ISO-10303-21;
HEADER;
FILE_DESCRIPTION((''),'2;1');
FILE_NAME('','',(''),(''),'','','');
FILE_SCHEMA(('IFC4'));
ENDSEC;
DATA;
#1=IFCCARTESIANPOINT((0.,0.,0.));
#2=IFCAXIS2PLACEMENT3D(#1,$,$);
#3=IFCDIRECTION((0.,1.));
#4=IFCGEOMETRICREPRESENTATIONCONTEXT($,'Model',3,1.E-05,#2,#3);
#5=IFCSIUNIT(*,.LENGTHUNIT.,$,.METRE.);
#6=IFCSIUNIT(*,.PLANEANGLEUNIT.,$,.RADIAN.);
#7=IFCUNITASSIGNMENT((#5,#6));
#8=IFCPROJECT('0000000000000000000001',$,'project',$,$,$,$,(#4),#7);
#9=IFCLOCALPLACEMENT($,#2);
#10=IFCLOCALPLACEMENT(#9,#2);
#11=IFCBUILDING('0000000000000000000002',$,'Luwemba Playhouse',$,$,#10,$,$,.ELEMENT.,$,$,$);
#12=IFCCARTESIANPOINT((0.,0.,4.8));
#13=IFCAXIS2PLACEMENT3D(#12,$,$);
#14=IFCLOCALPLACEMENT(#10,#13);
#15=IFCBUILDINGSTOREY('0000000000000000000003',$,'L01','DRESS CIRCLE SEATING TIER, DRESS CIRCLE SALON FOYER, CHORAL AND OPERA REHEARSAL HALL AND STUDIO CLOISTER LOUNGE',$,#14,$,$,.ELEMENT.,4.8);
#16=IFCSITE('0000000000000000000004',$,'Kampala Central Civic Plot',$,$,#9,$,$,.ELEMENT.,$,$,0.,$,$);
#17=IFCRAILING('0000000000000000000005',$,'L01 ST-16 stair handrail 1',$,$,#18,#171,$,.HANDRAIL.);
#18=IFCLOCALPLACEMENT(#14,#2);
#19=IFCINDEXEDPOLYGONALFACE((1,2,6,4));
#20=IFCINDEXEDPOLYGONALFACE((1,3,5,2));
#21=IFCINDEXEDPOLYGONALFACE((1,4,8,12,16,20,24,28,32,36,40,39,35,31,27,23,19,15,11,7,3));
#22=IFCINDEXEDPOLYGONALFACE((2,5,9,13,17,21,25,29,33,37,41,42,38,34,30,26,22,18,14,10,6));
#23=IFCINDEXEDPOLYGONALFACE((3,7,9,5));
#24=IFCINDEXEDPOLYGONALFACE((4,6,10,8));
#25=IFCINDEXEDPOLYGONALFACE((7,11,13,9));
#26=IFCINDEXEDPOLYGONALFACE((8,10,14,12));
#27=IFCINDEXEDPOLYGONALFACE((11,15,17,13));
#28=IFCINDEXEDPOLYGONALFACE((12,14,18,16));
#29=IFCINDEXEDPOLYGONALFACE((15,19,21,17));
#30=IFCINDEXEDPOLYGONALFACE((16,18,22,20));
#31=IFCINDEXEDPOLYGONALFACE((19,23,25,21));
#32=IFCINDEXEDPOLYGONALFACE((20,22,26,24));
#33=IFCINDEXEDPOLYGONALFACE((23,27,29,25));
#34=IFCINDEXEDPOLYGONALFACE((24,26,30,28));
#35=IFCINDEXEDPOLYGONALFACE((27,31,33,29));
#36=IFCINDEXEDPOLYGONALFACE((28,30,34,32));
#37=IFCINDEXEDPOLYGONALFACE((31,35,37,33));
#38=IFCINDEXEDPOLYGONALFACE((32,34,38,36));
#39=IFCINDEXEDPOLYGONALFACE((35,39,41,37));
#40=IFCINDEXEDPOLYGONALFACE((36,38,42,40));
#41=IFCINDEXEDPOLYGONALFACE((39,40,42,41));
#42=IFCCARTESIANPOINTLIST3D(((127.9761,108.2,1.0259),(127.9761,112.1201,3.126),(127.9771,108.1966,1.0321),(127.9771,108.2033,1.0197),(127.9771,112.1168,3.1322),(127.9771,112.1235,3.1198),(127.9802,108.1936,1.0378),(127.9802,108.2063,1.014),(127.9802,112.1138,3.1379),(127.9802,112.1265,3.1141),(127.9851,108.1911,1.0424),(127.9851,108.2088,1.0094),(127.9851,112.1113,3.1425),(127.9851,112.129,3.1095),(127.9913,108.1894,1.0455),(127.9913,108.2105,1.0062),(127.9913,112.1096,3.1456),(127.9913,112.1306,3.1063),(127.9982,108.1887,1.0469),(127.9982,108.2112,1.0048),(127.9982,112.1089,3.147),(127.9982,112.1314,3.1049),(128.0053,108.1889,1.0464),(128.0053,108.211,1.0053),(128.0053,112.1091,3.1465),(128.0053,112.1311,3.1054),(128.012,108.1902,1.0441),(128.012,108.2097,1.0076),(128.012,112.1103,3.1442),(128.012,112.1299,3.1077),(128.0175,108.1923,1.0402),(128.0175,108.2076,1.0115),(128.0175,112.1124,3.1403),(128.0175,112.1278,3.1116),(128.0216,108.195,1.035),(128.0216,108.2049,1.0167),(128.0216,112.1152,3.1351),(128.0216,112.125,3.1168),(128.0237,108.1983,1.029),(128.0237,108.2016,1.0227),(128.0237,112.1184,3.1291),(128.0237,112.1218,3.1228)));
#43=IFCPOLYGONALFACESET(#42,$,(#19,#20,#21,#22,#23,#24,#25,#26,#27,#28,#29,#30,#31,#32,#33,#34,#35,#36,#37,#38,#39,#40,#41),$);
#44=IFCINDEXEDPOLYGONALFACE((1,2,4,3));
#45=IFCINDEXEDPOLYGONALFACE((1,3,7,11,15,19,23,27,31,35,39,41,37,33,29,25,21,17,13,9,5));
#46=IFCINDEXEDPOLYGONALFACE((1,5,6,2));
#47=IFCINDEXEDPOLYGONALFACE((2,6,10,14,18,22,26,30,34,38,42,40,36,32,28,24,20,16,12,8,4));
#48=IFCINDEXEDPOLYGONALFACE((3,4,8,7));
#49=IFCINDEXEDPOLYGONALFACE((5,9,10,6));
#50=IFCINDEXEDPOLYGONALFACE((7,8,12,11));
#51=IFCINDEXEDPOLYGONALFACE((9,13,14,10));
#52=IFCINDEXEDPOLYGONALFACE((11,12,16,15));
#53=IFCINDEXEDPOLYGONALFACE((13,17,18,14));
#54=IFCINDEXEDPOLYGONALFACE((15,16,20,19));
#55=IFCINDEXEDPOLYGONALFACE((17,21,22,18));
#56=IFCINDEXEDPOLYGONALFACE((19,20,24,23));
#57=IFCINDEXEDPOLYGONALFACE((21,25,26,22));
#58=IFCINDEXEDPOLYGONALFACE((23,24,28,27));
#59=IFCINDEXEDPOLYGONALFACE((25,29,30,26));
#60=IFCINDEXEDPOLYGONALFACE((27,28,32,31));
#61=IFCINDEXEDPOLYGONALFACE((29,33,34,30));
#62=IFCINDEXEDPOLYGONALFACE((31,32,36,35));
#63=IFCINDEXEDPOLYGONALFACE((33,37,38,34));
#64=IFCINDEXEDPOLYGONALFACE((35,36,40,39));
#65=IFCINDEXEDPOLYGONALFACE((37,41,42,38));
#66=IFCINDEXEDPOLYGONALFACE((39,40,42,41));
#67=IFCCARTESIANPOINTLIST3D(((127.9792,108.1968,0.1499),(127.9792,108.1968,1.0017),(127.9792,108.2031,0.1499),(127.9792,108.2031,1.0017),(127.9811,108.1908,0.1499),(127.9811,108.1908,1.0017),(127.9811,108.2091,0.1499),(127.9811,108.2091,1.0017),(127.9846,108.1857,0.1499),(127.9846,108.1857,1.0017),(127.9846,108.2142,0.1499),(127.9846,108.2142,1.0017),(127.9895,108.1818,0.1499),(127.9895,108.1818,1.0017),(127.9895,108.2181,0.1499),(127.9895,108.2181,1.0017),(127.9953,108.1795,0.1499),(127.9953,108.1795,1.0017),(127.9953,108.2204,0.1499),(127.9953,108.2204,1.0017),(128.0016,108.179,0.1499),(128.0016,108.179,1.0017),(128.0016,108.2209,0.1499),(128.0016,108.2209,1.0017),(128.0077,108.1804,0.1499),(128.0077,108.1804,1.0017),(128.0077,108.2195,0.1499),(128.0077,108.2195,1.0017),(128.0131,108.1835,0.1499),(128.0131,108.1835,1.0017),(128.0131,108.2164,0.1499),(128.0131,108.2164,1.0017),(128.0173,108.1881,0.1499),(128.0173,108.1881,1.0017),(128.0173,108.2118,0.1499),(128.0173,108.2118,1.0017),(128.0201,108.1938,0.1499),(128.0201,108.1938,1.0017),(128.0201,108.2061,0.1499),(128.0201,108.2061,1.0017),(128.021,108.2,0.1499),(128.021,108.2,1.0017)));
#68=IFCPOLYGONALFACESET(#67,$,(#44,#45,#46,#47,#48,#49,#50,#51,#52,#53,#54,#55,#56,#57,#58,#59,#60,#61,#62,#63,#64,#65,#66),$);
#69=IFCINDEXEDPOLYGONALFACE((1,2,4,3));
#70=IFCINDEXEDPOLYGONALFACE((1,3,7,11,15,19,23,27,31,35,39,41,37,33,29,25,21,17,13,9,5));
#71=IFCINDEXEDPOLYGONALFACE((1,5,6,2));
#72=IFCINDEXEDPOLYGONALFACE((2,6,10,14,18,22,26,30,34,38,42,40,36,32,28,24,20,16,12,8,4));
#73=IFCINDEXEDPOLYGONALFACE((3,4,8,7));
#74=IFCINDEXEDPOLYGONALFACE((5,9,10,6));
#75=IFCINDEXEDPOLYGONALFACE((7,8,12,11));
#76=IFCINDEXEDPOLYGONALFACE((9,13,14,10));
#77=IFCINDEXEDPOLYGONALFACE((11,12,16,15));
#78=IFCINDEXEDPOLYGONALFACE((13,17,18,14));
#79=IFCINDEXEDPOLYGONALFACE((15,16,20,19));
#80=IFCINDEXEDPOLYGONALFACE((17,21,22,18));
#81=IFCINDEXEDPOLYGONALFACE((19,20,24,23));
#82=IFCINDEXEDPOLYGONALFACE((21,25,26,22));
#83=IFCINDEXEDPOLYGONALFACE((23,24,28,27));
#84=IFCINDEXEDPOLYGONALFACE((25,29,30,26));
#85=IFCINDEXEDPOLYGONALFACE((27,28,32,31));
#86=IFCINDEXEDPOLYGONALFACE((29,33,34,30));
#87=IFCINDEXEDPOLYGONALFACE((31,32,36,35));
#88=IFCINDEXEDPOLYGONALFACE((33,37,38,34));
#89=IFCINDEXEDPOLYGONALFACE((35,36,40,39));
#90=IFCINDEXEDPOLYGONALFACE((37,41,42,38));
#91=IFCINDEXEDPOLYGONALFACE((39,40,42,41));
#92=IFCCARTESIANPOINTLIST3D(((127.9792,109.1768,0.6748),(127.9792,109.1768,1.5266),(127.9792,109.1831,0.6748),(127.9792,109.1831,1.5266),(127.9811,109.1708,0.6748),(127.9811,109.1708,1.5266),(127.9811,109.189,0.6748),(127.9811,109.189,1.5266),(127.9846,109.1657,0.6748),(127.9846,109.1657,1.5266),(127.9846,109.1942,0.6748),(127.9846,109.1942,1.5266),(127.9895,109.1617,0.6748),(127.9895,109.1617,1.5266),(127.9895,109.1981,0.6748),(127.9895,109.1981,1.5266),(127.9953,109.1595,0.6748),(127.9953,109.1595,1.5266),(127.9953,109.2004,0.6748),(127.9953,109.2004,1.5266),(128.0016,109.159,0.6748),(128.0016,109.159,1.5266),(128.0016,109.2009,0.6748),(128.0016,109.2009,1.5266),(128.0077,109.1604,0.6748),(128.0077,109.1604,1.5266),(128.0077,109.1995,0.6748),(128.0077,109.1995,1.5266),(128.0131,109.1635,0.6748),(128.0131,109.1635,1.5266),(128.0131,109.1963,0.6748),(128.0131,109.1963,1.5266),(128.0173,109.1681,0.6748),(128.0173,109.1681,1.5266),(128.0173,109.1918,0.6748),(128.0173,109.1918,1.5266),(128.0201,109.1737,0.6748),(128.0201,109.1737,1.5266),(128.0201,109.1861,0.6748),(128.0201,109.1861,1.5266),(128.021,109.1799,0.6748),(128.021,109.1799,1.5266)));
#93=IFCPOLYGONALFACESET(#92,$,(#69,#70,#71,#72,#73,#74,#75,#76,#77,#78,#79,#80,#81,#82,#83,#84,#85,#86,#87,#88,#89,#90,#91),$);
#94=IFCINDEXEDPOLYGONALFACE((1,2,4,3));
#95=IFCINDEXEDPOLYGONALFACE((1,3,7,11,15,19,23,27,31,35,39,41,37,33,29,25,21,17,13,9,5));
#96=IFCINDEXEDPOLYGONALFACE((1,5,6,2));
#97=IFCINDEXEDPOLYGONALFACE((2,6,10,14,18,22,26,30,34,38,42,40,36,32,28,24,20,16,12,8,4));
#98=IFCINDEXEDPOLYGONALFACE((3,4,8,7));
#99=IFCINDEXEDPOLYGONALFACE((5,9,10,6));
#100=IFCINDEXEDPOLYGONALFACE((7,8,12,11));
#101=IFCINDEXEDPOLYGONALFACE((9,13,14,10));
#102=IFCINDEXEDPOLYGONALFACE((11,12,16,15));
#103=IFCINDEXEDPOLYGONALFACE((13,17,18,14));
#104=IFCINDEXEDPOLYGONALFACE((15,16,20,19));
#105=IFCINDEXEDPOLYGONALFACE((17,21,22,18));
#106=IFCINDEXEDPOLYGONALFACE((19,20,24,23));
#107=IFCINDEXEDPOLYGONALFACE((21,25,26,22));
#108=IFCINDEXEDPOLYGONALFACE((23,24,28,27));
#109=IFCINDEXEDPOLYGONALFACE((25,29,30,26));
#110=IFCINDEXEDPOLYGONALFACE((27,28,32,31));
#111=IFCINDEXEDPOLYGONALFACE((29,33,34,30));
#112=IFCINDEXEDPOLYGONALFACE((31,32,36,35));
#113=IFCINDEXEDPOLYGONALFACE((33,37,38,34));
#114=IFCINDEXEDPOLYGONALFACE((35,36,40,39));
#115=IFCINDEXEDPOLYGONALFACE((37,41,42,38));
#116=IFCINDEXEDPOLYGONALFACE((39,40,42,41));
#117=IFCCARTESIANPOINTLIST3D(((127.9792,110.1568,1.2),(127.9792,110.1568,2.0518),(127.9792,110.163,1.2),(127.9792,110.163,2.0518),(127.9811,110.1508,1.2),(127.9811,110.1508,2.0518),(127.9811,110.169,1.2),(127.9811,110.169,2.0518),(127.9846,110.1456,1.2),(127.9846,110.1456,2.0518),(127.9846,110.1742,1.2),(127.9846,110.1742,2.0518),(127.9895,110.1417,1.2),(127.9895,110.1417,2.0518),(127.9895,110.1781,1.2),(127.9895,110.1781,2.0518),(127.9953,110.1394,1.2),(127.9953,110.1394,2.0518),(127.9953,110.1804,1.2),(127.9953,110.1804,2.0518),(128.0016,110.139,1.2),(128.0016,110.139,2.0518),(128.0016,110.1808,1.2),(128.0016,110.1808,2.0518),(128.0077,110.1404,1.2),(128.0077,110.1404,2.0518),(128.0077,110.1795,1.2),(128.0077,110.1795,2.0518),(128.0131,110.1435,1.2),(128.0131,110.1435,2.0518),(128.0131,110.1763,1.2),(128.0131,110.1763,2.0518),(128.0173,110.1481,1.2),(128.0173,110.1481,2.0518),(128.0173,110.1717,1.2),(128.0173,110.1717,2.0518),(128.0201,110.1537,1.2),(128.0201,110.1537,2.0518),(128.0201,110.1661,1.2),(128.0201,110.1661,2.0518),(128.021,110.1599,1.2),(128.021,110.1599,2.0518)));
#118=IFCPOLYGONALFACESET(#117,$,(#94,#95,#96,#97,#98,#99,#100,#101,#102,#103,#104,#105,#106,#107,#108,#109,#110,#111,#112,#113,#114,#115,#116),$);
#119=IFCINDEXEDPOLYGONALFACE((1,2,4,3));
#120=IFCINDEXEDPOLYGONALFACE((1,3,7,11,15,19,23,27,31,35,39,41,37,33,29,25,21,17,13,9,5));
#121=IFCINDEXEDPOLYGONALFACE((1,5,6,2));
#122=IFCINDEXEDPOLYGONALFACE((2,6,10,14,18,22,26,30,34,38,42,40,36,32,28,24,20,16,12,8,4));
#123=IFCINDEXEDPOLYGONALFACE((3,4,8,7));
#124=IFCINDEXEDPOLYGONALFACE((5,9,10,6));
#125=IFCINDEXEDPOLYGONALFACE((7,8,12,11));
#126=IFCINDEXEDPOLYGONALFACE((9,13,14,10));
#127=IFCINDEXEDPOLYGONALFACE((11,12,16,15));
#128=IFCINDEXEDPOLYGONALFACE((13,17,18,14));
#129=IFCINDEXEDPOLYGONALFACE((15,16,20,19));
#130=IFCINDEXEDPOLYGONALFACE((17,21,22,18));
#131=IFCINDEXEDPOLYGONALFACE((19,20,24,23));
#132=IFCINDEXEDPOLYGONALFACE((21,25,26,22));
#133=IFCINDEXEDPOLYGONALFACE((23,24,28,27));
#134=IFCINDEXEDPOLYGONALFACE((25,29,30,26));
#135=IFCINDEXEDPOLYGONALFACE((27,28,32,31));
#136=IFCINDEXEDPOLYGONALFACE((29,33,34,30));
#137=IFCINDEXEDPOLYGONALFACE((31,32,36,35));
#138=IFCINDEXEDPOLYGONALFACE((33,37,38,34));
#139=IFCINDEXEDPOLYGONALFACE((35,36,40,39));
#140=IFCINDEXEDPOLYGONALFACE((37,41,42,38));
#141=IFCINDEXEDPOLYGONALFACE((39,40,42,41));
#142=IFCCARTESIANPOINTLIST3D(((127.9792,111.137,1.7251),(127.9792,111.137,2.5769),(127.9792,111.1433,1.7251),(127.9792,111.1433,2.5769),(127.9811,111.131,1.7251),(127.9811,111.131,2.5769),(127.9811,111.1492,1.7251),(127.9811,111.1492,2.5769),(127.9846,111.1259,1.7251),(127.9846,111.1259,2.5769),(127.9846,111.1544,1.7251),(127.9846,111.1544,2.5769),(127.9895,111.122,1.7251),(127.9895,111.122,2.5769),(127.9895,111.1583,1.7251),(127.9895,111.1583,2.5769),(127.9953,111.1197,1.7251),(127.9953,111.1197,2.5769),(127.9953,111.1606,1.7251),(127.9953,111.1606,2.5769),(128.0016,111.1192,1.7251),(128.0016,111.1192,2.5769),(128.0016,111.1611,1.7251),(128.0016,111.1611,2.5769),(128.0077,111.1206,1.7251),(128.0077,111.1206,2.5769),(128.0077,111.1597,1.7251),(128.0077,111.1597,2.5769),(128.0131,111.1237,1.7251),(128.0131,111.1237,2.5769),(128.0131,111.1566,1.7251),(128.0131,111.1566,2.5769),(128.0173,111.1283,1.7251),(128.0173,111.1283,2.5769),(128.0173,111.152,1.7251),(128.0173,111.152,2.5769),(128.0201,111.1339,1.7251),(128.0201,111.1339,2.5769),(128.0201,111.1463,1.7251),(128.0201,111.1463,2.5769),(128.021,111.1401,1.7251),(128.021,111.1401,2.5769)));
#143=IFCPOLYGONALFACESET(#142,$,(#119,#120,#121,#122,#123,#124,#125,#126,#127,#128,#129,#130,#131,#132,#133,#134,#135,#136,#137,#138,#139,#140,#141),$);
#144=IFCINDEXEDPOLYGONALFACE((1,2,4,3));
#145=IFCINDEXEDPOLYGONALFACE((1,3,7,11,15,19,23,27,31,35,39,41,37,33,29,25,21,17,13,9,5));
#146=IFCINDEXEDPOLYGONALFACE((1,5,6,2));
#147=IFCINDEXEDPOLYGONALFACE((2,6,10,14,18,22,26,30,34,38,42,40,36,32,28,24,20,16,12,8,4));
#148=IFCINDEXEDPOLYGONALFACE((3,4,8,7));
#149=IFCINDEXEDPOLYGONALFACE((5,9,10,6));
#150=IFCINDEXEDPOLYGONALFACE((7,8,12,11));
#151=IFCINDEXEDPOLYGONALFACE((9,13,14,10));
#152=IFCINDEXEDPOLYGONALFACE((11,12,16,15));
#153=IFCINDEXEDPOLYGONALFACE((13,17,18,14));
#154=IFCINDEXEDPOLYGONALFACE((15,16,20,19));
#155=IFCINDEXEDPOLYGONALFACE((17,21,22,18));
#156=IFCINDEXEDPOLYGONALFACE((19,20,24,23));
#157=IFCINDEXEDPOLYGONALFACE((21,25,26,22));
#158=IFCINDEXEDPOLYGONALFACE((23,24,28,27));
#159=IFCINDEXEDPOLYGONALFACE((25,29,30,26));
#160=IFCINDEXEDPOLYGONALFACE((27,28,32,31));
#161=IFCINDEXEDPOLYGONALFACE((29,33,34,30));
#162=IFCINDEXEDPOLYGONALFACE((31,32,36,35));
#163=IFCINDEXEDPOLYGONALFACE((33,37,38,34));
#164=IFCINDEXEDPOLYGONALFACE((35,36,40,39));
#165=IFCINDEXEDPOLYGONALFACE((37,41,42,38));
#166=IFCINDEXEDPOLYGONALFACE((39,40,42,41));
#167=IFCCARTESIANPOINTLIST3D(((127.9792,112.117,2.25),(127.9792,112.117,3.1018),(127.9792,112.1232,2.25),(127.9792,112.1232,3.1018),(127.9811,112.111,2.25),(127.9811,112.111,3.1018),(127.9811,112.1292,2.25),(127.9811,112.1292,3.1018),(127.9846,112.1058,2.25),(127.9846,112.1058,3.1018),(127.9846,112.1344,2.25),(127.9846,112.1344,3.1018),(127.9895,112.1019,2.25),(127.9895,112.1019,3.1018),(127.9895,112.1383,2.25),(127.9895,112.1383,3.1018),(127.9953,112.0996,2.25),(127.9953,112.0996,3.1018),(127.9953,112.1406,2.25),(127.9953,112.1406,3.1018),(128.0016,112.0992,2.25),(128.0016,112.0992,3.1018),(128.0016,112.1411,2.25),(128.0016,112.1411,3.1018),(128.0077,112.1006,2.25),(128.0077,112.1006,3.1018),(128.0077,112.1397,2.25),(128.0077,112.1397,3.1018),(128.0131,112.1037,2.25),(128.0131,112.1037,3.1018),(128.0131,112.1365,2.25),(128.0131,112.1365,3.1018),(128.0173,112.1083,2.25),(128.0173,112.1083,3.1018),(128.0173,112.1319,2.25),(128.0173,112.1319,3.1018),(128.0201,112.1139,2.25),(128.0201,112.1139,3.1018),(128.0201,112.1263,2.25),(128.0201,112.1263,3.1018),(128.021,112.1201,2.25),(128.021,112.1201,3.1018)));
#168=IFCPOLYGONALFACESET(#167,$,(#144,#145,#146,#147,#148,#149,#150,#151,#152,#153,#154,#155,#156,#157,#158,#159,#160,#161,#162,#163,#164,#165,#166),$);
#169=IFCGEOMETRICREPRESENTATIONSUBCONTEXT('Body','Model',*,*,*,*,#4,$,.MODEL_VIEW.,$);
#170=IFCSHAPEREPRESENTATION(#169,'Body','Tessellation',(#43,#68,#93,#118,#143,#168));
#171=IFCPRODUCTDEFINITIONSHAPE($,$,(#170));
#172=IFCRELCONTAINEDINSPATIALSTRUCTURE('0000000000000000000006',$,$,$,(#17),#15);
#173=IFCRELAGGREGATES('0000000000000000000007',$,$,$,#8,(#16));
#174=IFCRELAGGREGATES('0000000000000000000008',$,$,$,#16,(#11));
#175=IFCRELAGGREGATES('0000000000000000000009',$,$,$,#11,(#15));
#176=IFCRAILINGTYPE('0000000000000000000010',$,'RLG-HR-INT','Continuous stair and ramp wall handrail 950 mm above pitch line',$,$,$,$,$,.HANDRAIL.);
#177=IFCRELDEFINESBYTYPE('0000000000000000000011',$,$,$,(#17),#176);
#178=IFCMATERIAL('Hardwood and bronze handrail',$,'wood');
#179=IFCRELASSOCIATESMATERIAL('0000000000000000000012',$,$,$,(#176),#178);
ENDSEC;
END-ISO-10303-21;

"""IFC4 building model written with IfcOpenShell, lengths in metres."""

from ifc_helpers import new_model, si_unit, direction, frame, origin, origin_2d, place, context, subcontext, project, spatial, circle, extrude, material, type_object, element, save


model = new_model("IFC4")

# Units and contexts
model_context = context("Model", 3, precision=1e-05, world=origin(), true_north=direction((0.0, 1.0)))
body_context = subcontext(model_context, "Body", "Model", "MODEL_VIEW")
ifc_project = project(units=[si_unit("LENGTHUNIT", "METRE"), si_unit("PLANEANGLEUNIT", "RADIAN")], contexts=[model_context])

# Site, building, storey
site_placement = place(None, origin())
site = spatial("IfcSite", under=ifc_project, at=site_placement, Name="Kampala Central Civic Plot", CompositionType="ELEMENT", RefElevation=0.0)
building_placement = place(site_placement, origin())
building = spatial("IfcBuilding", under=site, at=building_placement, Name="Luwemba Playhouse", CompositionType="ELEMENT")
storey_placement = place(building_placement, frame((0.0, 0.0, 4.8)))
storey = spatial("IfcBuildingStorey", under=building, at=storey_placement, Name="L01", Description="DRESS CIRCLE SEATING TIER, DRESS CIRCLE SALON FOYER, CHORAL AND OPERA REHEARSAL HALL AND STUDIO CLOISTER LOUNGE", CompositionType="ELEMENT", Elevation=4.8)

# Railing
ifc_material_1 = material(Name="Hardwood and bronze handrail", Category="wood")
railing_type_1 = type_object("IfcRailingType", Name="RLG-HR-INT", Description="Continuous stair and ramp wall handrail 950 mm above pitch line", PredefinedType="HANDRAIL", material=ifc_material_1)
railing_1_placement = place(storey_placement, frame((128.0, 108.2, 0.1499)))
element("IfcRailing", 1, at=railing_1_placement, inside=storey, type_object=railing_type_1, Name="L01 ST-16 stair handrail 1", PredefinedType="HANDRAIL", context=body_context, shape_type="SweptSolid", body=[
    extrude(circle(Radius=0.0239, at=origin_2d()), frame((0.0, 0.0, 0.876), z_axis=(0.0, 0.881479, 0.472223), x_axis=(-1.0, 0.0, 0.0)), (0.0, 0.0, 1.0), 4.4473),
    extrude(circle(Radius=0.021, at=origin_2d()), origin(), (0.0, 0.0, 1.0), 0.8518),
    extrude(circle(Radius=0.021, at=origin_2d()), frame((0.0, 0.98, 0.5249)), (0.0, 0.0, 1.0), 0.8518),
    extrude(circle(Radius=0.021, at=origin_2d()), frame((0.0, 1.96, 1.05)), (0.0, 0.0, 1.0), 0.8518),
    extrude(circle(Radius=0.021, at=origin_2d()), frame((0.0, 2.9402, 1.5752)), (0.0, 0.0, 1.0), 0.8518),
    extrude(circle(Radius=0.021, at=origin_2d()), frame((0.0, 3.9202, 2.1001)), (0.0, 0.0, 1.0), 0.8518),
])

save(model, "model.ifc")
